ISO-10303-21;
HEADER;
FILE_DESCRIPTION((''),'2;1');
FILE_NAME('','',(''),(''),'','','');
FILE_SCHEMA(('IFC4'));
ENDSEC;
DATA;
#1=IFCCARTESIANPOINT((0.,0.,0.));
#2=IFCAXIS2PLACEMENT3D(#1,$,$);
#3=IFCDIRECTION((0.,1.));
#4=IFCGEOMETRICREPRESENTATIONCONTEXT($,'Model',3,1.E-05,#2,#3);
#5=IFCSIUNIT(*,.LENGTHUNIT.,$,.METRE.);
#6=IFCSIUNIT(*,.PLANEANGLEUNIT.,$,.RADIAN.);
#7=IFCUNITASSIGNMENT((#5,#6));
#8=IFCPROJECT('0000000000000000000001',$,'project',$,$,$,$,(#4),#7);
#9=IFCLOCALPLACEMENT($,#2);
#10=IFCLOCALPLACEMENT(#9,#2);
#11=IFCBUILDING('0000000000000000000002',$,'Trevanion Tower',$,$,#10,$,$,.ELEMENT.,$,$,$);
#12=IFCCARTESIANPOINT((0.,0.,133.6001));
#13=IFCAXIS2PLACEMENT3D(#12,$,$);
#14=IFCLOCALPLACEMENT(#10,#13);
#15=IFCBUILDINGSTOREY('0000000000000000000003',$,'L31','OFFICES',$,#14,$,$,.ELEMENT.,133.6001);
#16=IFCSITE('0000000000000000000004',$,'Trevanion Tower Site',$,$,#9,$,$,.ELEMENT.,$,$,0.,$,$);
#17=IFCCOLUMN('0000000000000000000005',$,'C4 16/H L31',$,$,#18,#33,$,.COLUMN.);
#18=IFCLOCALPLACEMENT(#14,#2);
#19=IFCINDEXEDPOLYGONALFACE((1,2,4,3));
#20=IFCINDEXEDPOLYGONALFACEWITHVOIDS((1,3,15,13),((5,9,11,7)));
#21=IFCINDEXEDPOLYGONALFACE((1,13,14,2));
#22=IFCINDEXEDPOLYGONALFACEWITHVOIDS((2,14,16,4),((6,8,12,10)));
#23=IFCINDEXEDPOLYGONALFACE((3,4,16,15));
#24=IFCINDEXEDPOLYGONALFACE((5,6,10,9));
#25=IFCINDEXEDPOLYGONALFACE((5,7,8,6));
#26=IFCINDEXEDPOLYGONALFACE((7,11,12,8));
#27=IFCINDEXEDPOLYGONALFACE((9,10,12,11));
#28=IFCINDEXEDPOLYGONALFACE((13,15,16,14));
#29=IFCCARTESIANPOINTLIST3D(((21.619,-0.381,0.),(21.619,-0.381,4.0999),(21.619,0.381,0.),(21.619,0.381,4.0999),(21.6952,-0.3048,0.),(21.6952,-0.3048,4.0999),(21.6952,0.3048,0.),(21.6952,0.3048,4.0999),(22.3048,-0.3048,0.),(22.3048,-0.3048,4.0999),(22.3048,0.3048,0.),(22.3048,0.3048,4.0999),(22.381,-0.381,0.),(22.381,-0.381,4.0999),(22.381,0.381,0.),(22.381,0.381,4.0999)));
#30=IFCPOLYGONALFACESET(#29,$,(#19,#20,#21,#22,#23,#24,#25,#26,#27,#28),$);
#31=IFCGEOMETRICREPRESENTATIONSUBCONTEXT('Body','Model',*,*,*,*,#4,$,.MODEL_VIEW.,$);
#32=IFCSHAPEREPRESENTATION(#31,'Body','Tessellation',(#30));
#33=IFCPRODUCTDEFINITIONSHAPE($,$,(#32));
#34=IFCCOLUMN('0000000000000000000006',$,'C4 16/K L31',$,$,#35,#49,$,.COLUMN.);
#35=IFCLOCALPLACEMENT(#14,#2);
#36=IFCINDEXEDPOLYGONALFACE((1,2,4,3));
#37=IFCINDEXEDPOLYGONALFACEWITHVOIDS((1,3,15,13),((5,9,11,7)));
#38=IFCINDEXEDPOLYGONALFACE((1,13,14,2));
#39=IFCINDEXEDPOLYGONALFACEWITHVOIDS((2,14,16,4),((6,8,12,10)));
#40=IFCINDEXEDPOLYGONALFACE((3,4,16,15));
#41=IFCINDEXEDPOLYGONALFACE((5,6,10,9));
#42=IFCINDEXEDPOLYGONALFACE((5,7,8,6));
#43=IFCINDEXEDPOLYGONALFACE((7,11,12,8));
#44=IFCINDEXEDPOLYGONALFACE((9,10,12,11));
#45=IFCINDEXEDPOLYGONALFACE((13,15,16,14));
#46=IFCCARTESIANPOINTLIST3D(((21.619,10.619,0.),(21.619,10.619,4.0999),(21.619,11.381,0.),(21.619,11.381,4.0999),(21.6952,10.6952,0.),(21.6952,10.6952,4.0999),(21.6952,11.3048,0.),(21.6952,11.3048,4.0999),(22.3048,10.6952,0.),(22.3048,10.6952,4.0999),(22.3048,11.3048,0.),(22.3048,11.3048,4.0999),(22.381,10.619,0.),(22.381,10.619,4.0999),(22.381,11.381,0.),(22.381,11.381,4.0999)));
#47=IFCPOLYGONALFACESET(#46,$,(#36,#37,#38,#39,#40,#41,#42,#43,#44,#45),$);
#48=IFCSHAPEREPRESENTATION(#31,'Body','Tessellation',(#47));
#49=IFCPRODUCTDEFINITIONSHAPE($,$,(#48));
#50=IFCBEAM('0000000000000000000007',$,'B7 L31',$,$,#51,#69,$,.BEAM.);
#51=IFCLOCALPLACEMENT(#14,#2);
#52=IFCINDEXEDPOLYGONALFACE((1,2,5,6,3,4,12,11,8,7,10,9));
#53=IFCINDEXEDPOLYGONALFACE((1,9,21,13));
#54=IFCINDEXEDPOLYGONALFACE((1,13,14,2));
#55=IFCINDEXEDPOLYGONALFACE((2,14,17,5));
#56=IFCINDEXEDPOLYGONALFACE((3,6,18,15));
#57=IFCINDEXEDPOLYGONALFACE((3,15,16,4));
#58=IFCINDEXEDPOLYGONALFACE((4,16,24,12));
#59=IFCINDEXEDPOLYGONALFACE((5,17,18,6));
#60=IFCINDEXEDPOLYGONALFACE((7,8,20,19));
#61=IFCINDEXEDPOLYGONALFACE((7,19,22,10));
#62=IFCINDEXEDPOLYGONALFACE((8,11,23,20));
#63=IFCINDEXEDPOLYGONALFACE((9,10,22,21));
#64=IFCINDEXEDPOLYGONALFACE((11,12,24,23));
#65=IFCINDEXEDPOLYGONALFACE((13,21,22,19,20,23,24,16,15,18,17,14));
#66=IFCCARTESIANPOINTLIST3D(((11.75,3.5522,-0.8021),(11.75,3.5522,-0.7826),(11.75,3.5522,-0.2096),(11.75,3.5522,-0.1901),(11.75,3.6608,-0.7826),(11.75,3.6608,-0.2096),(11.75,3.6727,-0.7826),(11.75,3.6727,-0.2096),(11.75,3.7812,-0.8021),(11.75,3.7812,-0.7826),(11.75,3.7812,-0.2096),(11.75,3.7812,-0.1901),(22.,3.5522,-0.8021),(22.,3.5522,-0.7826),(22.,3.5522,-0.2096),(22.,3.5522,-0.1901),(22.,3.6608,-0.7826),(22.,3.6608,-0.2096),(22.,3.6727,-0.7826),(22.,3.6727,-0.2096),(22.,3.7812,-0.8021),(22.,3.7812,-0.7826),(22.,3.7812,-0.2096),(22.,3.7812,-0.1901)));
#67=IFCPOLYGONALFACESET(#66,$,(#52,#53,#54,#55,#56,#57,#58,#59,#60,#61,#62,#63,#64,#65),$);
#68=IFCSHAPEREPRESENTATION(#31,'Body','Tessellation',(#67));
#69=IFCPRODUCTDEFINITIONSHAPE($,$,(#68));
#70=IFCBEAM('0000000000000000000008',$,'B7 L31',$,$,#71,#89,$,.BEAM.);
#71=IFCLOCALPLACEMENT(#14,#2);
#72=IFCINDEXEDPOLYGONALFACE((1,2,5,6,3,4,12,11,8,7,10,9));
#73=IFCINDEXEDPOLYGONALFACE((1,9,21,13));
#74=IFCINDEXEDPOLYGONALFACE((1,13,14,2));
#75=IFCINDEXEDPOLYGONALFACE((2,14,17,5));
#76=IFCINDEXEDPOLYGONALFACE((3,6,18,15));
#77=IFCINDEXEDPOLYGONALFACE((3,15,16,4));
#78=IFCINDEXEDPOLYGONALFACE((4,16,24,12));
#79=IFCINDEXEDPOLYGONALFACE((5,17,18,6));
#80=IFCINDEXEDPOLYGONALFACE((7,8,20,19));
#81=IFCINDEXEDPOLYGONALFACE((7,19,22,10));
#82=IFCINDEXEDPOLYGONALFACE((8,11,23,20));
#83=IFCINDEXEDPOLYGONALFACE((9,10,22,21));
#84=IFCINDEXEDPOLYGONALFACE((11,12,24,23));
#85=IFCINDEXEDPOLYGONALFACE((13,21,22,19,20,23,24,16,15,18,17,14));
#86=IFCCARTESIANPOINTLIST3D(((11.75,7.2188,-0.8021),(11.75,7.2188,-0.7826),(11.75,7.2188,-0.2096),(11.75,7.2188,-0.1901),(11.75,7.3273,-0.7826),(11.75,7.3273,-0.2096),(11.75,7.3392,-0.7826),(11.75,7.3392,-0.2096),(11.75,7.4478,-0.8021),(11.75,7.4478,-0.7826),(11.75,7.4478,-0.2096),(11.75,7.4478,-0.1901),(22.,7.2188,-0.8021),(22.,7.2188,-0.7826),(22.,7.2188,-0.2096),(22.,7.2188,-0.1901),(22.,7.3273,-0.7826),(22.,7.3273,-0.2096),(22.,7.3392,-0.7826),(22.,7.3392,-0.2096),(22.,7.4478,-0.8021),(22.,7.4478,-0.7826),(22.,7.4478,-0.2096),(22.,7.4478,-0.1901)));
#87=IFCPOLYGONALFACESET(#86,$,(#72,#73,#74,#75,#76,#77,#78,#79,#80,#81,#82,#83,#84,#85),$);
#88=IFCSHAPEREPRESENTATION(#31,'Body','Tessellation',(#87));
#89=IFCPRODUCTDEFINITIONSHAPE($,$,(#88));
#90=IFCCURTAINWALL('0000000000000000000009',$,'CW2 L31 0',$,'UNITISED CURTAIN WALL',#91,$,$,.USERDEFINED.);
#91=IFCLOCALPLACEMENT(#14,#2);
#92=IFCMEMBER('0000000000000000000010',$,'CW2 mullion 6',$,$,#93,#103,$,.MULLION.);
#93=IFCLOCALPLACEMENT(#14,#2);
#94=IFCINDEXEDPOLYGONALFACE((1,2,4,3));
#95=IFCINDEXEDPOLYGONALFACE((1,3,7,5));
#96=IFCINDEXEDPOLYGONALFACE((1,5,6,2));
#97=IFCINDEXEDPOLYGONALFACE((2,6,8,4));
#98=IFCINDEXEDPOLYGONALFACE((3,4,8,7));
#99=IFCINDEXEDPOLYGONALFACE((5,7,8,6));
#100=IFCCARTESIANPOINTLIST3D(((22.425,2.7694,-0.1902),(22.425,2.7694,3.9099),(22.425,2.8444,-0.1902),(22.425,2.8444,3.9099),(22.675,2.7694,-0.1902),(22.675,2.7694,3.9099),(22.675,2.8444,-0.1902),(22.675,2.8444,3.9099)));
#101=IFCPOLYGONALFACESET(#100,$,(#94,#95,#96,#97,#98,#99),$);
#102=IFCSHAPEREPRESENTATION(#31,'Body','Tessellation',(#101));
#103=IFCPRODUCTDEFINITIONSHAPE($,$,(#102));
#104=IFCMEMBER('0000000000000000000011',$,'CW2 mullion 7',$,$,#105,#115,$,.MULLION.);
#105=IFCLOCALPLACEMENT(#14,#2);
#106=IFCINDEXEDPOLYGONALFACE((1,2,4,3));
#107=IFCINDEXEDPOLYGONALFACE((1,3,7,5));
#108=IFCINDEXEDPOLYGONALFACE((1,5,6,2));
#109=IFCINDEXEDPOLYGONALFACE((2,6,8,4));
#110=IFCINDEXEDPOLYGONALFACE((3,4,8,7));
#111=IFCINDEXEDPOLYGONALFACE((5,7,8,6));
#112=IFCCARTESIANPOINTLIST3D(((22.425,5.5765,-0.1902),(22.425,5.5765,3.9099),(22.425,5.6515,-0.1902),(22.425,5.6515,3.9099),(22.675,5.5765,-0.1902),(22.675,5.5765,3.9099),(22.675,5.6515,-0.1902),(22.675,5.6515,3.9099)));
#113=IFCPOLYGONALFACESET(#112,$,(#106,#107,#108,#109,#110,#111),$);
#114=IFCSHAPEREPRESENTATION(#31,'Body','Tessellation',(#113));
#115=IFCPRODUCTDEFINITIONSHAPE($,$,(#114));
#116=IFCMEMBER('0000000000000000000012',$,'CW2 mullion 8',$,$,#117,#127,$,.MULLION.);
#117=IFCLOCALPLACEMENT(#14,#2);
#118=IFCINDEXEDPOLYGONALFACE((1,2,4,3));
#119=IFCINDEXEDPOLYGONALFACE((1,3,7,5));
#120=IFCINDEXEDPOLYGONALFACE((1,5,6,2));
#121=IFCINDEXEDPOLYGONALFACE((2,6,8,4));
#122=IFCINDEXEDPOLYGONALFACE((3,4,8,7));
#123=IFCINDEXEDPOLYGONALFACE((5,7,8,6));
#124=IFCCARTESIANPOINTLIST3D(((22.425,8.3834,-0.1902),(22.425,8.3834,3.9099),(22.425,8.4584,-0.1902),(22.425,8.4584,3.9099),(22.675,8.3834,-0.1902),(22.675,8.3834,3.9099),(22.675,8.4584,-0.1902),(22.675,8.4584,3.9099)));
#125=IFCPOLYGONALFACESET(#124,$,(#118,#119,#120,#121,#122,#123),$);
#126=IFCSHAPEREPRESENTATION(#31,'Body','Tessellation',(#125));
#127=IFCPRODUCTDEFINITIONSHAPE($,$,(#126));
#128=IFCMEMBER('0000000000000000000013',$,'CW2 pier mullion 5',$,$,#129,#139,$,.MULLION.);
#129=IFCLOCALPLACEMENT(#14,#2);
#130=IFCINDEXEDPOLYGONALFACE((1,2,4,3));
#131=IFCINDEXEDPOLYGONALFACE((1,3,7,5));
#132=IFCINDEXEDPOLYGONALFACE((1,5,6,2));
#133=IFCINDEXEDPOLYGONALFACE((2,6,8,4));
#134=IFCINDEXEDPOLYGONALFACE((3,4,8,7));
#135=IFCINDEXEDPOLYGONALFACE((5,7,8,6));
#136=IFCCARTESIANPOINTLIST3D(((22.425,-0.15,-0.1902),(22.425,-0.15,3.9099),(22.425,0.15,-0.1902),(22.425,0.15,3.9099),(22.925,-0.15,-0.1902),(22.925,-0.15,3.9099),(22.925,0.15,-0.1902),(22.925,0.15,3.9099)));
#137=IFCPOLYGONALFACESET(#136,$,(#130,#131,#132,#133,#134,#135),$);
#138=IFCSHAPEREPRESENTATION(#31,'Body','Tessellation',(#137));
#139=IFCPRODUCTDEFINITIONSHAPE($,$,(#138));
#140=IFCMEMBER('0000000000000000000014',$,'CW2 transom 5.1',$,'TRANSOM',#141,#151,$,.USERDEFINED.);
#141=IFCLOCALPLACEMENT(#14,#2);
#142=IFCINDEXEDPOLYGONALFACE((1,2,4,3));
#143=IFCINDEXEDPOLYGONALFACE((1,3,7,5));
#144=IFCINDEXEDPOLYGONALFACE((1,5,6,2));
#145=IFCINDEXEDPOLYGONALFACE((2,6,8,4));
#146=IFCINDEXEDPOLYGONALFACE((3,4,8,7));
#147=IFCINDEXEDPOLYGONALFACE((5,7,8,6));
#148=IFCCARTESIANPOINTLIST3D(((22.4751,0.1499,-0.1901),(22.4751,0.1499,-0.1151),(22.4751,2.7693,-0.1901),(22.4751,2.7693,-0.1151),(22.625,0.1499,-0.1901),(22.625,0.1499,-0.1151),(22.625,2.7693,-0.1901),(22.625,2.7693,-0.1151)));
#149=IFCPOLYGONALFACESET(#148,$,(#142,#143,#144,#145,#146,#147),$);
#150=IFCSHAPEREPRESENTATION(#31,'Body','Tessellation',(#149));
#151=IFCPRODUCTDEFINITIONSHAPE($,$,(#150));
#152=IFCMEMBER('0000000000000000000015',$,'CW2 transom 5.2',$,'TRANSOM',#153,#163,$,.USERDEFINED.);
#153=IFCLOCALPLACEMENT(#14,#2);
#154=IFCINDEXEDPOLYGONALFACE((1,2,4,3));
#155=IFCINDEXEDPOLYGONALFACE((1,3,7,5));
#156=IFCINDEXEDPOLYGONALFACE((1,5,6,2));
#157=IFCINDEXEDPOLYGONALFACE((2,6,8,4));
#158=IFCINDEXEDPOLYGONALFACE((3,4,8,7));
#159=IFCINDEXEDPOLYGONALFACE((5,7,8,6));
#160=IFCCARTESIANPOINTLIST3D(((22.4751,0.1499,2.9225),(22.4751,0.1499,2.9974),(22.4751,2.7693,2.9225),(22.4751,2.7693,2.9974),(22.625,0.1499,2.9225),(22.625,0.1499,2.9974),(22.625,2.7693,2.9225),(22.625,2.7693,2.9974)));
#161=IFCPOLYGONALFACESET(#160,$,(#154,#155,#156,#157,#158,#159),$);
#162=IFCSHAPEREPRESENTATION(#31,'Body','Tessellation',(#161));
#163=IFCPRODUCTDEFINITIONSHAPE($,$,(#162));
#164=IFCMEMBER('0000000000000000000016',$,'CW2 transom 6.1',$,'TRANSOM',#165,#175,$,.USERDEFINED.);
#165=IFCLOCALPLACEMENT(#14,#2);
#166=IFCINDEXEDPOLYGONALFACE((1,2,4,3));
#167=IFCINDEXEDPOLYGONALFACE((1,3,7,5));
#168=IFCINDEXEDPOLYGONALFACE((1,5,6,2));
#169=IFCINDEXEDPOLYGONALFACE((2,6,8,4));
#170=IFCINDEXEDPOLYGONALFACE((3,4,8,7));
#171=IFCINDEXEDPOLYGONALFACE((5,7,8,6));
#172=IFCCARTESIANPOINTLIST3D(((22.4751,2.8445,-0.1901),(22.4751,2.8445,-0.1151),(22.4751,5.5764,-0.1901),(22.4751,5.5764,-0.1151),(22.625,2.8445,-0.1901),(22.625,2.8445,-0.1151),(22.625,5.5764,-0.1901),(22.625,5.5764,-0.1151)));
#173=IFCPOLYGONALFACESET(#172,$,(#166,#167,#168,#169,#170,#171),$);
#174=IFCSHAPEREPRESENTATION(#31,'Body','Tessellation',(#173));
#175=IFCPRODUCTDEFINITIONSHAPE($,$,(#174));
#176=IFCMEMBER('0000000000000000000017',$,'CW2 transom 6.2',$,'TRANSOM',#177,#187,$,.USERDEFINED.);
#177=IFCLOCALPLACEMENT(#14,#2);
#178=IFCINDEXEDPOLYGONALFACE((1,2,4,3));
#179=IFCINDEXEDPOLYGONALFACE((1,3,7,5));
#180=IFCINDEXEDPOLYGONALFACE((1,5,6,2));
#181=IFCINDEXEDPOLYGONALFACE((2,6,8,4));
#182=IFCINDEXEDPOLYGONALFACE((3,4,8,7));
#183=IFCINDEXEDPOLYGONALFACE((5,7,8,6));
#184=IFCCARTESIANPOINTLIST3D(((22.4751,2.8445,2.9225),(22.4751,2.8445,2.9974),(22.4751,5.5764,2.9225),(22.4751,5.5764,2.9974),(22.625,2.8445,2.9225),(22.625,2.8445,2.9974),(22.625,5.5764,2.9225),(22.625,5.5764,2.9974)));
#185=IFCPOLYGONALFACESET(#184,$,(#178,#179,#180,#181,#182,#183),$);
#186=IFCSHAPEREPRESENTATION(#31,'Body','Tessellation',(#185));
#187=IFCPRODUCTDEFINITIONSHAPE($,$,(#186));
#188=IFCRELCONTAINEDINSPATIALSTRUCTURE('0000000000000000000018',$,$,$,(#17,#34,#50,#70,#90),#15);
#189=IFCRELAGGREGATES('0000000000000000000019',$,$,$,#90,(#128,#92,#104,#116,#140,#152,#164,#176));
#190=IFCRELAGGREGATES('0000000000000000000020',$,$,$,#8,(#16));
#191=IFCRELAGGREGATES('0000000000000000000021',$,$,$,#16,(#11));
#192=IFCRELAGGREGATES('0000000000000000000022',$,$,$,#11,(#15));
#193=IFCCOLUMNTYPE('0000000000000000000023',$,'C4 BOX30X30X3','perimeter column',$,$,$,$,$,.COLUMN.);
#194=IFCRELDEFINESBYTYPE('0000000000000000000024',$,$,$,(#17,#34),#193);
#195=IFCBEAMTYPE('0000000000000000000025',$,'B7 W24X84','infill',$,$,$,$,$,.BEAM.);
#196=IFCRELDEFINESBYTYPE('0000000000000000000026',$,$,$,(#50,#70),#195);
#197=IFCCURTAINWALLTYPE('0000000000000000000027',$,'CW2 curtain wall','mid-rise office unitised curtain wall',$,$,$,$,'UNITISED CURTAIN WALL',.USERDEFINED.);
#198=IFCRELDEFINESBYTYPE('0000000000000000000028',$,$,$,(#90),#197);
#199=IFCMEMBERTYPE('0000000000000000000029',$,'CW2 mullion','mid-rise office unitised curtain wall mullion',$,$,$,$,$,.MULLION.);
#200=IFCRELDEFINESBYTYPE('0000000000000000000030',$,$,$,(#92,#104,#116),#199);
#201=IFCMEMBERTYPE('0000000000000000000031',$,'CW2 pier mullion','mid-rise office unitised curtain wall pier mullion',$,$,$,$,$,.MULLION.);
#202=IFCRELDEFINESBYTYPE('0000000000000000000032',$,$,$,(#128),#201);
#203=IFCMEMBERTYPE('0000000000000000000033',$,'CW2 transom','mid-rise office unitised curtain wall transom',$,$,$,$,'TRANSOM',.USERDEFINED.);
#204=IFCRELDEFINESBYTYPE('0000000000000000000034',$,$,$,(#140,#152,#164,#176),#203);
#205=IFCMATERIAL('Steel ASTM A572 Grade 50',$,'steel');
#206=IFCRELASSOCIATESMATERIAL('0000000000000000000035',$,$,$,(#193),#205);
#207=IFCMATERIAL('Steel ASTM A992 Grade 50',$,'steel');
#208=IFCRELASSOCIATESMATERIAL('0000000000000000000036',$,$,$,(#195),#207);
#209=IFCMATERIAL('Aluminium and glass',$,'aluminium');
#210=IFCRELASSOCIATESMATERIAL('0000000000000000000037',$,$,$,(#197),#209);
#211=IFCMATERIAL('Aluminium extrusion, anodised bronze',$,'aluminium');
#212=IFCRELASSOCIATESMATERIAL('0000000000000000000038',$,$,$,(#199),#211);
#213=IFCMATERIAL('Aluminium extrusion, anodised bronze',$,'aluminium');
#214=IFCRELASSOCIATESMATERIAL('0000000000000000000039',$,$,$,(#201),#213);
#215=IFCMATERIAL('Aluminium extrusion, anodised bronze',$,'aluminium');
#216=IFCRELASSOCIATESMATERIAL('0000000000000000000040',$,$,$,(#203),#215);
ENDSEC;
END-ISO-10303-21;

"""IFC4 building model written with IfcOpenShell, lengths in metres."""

from ifc_helpers import new_model, si_unit, direction, frame, origin, origin_2d, place, context, subcontext, project, spatial, rectangle, hollow_rectangle, i_section, extrude, material, material_profile, profile_set, type_object, element, aggregate, save


model = new_model("IFC4")

# Units and contexts
model_context = context("Model", 3, precision=1e-05, world=origin(), true_north=direction((0.0, 1.0)))
body_context = subcontext(model_context, "Body", "Model", "MODEL_VIEW")
ifc_project = project(units=[si_unit("LENGTHUNIT", "METRE"), si_unit("PLANEANGLEUNIT", "RADIAN")], contexts=[model_context])

# Site, building, storey
site_placement = place(None, origin())
site = spatial("IfcSite", under=ifc_project, at=site_placement, Name="Trevanion Tower Site", CompositionType="ELEMENT", RefElevation=0.0)
building_placement = place(site_placement, origin())
building = spatial("IfcBuilding", under=site, at=building_placement, Name="Trevanion Tower", CompositionType="ELEMENT")
storey_placement = place(building_placement, frame((0.0, 0.0, 133.6001)))
storey = spatial("IfcBuildingStorey", under=building, at=storey_placement, Name="L31", Description="OFFICES", CompositionType="ELEMENT", Elevation=133.6001)

# Columns
ifc_material_1 = material(Name="Steel ASTM A572 Grade 50", Category="steel")
ifc_material_profile_1 = material_profile(ifc_material_1, hollow_rectangle(XDim=0.762, YDim=0.762, WallThickness=0.0762, at=origin_2d()), Name="BOX30X30X3")
ifc_profile_set_1 = profile_set([ifc_material_profile_1], Name="Steel ASTM A572 Grade 50")
column_type = type_object("IfcColumnType", Name="C4 BOX30X30X3", Description="perimeter column", PredefinedType="COLUMN", material=ifc_profile_set_1)
for number, where, z_axis, x_axis, name in (
    (1, (22.0, 0.0, 0.0), (0.0, 0.0, 1.0), (0.0, 1.0, 0.0), "C4 16/H L31"),
    (2, (22.0, 11.0, 0.0), (0.0, 0.0, 1.0), (0.0, 1.0, 0.0), "C4 16/K L31"),
):
    element("IfcColumn", number, at=place(storey_placement, frame(where, z_axis=z_axis, x_axis=x_axis)), inside=storey, type_object=column_type, Name=name, PredefinedType="COLUMN", context=body_context, shape_type="SweptSolid", body=[
        extrude(hollow_rectangle(XDim=0.762, YDim=0.762, WallThickness=0.0762, at=origin_2d()), origin(), (0.0, 0.0, 1.0), 4.0999),
    ])

# Beams
ifc_material_2 = material(Name="Steel ASTM A992 Grade 50", Category="steel")
ifc_material_profile_2 = material_profile(ifc_material_2, i_section(OverallWidth=0.229, OverallDepth=0.6121, WebThickness=0.012, FlangeThickness=0.0195, at=origin_2d()), Name="W24X84")
ifc_profile_set_2 = profile_set([ifc_material_profile_2], Name="Steel ASTM A992 Grade 50")
beam_type_1 = type_object("IfcBeamType", Name="B7 W24X84", Description="infill", PredefinedType="BEAM", material=ifc_profile_set_2)
for number, where, z_axis, x_axis, name in (
    (3, (11.75, 3.6667, -0.4961), (1.0, 0.0, 0.0), (0.0, 1.0, 0.0), "B7 L31"),
    (4, (11.75, 7.3333, -0.4961), (1.0, 0.0, 0.0), (0.0, 1.0, 0.0), "B7 L31"),
):
    element("IfcBeam", number, at=place(storey_placement, frame(where, z_axis=z_axis, x_axis=x_axis)), inside=storey, type_object=beam_type_1, Name=name, PredefinedType="BEAM", context=body_context, shape_type="SweptSolid", body=[
        extrude(i_section(OverallWidth=0.229, OverallDepth=0.6121, WebThickness=0.012, FlangeThickness=0.0195, at=origin_2d()), origin(), (0.0, 0.0, 1.0), 10.25),
    ])

# Curtain wall, members
ifc_material_3 = material(Name="Aluminium and glass", Category="aluminium")
curtain_wall_type = type_object("IfcCurtainWallType", Name="CW2 curtain wall", Description="mid-rise office unitised curtain wall", ElementType="UNITISED CURTAIN WALL", PredefinedType="USERDEFINED", material=ifc_material_3)
curtain_wall_placement = place(storey_placement, origin())
curtain_wall = element("IfcCurtainWall", 5, at=curtain_wall_placement, inside=storey, type_object=curtain_wall_type, Name="CW2 L31 0", ObjectType="UNITISED CURTAIN WALL", PredefinedType="USERDEFINED")
ifc_material_4 = material(Name="Aluminium extrusion, anodised bronze", Category="aluminium")
ifc_material_profile_3 = material_profile(ifc_material_4, rectangle(XDim=0.075, YDim=0.25, at=origin_2d()), Name="CW2 mullion")
ifc_profile_set_3 = profile_set([ifc_material_profile_3], Name="Aluminium extrusion, anodised bronze")
member_type_1 = type_object("IfcMemberType", Name="CW2 mullion", Description="mid-rise office unitised curtain wall mullion", PredefinedType="MULLION", material=ifc_profile_set_3)
member_1_placement = place(storey_placement, frame((22.55, 2.8069, -0.1902), z_axis=(0.0, 0.0, 1.0), x_axis=(0.0, 1.0, 0.0)))
member_1 = element("IfcMember", 6, at=member_1_placement, type_object=member_type_1, Name="CW2 mullion 6", PredefinedType="MULLION", context=body_context, shape_type="SweptSolid", body=[
    extrude(rectangle(XDim=0.075, YDim=0.25, at=origin_2d()), origin(), (0.0, 0.0, 1.0), 4.1001),
])
member_2_placement = place(storey_placement, frame((22.55, 5.614, -0.1902), z_axis=(0.0, 0.0, 1.0), x_axis=(0.0, 1.0, 0.0)))
member_2 = element("IfcMember", 7, at=member_2_placement, type_object=member_type_1, Name="CW2 mullion 7", PredefinedType="MULLION", context=body_context, shape_type="SweptSolid", body=[
    extrude(rectangle(XDim=0.075, YDim=0.25, at=origin_2d()), origin(), (0.0, 0.0, 1.0), 4.1001),
])
member_3_placement = place(storey_placement, frame((22.55, 8.4209, -0.1902), z_axis=(0.0, 0.0, 1.0), x_axis=(0.0, 1.0, 0.0)))
member_3 = element("IfcMember", 8, at=member_3_placement, type_object=member_type_1, Name="CW2 mullion 8", PredefinedType="MULLION", context=body_context, shape_type="SweptSolid", body=[
    extrude(rectangle(XDim=0.075, YDim=0.25, at=origin_2d()), origin(), (0.0, 0.0, 1.0), 4.1001),
])
ifc_material_5 = material(Name="Aluminium extrusion, anodised bronze", Category="aluminium")
ifc_material_profile_4 = material_profile(ifc_material_5, rectangle(XDim=0.3, YDim=0.5, at=origin_2d()), Name="CW2 pier mullion")
ifc_profile_set_4 = profile_set([ifc_material_profile_4], Name="Aluminium extrusion, anodised bronze")
member_type_2 = type_object("IfcMemberType", Name="CW2 pier mullion", Description="mid-rise office unitised curtain wall pier mullion", PredefinedType="MULLION", material=ifc_profile_set_4)
member_4_placement = place(storey_placement, frame((22.675, 0.0, -0.1902), z_axis=(0.0, 0.0, 1.0), x_axis=(0.0, 1.0, 0.0)))
member_4 = element("IfcMember", 9, at=member_4_placement, type_object=member_type_2, Name="CW2 pier mullion 5", PredefinedType="MULLION", context=body_context, shape_type="SweptSolid", body=[
    extrude(rectangle(XDim=0.3, YDim=0.5, at=origin_2d()), origin(), (0.0, 0.0, 1.0), 4.1001),
])
ifc_material_6 = material(Name="Aluminium extrusion, anodised bronze", Category="aluminium")
ifc_material_profile_5 = material_profile(ifc_material_6, rectangle(XDim=0.1499, YDim=0.075, at=origin_2d()), Name="CW2 transom")
ifc_profile_set_5 = profile_set([ifc_material_profile_5], Name="Aluminium extrusion, anodised bronze")
member_type_3 = type_object("IfcMemberType", Name="CW2 transom", Description="mid-rise office unitised curtain wall transom", ElementType="TRANSOM", PredefinedType="USERDEFINED", material=ifc_profile_set_5)
member_5_placement = place(storey_placement, frame((22.55, 0.1499, -0.1526), z_axis=(0.0, 1.0, 0.0), x_axis=(-1.0, 0.0, 0.0)))
member_5 = element("IfcMember", 10, at=member_5_placement, type_object=member_type_3, Name="CW2 transom 5.1", ObjectType="TRANSOM", PredefinedType="USERDEFINED", context=body_context, shape_type="SweptSolid", body=[
    extrude(rectangle(XDim=0.1499, YDim=0.075, at=origin_2d()), origin(), (0.0, 0.0, 1.0), 2.6194),
])
member_6_placement = place(storey_placement, frame((22.55, 0.1499, 2.96), z_axis=(0.0, 1.0, 0.0), x_axis=(-1.0, 0.0, 0.0)))
member_6 = element("IfcMember", 11, at=member_6_placement, type_object=member_type_3, Name="CW2 transom 5.2", ObjectType="TRANSOM", PredefinedType="USERDEFINED", context=body_context, shape_type="SweptSolid", body=[
    extrude(rectangle(XDim=0.1499, YDim=0.075, at=origin_2d()), origin(), (0.0, 0.0, 1.0), 2.6194),
])
member_7_placement = place(storey_placement, frame((22.55, 2.8445, -0.1526), z_axis=(0.0, 1.0, 0.0), x_axis=(-1.0, 0.0, 0.0)))
member_7 = element("IfcMember", 12, at=member_7_placement, type_object=member_type_3, Name="CW2 transom 6.1", ObjectType="TRANSOM", PredefinedType="USERDEFINED", context=body_context, shape_type="SweptSolid", body=[
    extrude(rectangle(XDim=0.1499, YDim=0.075, at=origin_2d()), origin(), (0.0, 0.0, 1.0), 2.7319),
])
member_8_placement = place(storey_placement, frame((22.55, 2.8445, 2.96), z_axis=(0.0, 1.0, 0.0), x_axis=(-1.0, 0.0, 0.0)))
member_8 = element("IfcMember", 13, at=member_8_placement, type_object=member_type_3, Name="CW2 transom 6.2", ObjectType="TRANSOM", PredefinedType="USERDEFINED", context=body_context, shape_type="SweptSolid", body=[
    extrude(rectangle(XDim=0.1499, YDim=0.075, at=origin_2d()), origin(), (0.0, 0.0, 1.0), 2.7319),
])

aggregate(curtain_wall, [member_4, member_1, member_2, member_3, member_5, member_6, member_7, member_8])

save(model, "model.ifc")
